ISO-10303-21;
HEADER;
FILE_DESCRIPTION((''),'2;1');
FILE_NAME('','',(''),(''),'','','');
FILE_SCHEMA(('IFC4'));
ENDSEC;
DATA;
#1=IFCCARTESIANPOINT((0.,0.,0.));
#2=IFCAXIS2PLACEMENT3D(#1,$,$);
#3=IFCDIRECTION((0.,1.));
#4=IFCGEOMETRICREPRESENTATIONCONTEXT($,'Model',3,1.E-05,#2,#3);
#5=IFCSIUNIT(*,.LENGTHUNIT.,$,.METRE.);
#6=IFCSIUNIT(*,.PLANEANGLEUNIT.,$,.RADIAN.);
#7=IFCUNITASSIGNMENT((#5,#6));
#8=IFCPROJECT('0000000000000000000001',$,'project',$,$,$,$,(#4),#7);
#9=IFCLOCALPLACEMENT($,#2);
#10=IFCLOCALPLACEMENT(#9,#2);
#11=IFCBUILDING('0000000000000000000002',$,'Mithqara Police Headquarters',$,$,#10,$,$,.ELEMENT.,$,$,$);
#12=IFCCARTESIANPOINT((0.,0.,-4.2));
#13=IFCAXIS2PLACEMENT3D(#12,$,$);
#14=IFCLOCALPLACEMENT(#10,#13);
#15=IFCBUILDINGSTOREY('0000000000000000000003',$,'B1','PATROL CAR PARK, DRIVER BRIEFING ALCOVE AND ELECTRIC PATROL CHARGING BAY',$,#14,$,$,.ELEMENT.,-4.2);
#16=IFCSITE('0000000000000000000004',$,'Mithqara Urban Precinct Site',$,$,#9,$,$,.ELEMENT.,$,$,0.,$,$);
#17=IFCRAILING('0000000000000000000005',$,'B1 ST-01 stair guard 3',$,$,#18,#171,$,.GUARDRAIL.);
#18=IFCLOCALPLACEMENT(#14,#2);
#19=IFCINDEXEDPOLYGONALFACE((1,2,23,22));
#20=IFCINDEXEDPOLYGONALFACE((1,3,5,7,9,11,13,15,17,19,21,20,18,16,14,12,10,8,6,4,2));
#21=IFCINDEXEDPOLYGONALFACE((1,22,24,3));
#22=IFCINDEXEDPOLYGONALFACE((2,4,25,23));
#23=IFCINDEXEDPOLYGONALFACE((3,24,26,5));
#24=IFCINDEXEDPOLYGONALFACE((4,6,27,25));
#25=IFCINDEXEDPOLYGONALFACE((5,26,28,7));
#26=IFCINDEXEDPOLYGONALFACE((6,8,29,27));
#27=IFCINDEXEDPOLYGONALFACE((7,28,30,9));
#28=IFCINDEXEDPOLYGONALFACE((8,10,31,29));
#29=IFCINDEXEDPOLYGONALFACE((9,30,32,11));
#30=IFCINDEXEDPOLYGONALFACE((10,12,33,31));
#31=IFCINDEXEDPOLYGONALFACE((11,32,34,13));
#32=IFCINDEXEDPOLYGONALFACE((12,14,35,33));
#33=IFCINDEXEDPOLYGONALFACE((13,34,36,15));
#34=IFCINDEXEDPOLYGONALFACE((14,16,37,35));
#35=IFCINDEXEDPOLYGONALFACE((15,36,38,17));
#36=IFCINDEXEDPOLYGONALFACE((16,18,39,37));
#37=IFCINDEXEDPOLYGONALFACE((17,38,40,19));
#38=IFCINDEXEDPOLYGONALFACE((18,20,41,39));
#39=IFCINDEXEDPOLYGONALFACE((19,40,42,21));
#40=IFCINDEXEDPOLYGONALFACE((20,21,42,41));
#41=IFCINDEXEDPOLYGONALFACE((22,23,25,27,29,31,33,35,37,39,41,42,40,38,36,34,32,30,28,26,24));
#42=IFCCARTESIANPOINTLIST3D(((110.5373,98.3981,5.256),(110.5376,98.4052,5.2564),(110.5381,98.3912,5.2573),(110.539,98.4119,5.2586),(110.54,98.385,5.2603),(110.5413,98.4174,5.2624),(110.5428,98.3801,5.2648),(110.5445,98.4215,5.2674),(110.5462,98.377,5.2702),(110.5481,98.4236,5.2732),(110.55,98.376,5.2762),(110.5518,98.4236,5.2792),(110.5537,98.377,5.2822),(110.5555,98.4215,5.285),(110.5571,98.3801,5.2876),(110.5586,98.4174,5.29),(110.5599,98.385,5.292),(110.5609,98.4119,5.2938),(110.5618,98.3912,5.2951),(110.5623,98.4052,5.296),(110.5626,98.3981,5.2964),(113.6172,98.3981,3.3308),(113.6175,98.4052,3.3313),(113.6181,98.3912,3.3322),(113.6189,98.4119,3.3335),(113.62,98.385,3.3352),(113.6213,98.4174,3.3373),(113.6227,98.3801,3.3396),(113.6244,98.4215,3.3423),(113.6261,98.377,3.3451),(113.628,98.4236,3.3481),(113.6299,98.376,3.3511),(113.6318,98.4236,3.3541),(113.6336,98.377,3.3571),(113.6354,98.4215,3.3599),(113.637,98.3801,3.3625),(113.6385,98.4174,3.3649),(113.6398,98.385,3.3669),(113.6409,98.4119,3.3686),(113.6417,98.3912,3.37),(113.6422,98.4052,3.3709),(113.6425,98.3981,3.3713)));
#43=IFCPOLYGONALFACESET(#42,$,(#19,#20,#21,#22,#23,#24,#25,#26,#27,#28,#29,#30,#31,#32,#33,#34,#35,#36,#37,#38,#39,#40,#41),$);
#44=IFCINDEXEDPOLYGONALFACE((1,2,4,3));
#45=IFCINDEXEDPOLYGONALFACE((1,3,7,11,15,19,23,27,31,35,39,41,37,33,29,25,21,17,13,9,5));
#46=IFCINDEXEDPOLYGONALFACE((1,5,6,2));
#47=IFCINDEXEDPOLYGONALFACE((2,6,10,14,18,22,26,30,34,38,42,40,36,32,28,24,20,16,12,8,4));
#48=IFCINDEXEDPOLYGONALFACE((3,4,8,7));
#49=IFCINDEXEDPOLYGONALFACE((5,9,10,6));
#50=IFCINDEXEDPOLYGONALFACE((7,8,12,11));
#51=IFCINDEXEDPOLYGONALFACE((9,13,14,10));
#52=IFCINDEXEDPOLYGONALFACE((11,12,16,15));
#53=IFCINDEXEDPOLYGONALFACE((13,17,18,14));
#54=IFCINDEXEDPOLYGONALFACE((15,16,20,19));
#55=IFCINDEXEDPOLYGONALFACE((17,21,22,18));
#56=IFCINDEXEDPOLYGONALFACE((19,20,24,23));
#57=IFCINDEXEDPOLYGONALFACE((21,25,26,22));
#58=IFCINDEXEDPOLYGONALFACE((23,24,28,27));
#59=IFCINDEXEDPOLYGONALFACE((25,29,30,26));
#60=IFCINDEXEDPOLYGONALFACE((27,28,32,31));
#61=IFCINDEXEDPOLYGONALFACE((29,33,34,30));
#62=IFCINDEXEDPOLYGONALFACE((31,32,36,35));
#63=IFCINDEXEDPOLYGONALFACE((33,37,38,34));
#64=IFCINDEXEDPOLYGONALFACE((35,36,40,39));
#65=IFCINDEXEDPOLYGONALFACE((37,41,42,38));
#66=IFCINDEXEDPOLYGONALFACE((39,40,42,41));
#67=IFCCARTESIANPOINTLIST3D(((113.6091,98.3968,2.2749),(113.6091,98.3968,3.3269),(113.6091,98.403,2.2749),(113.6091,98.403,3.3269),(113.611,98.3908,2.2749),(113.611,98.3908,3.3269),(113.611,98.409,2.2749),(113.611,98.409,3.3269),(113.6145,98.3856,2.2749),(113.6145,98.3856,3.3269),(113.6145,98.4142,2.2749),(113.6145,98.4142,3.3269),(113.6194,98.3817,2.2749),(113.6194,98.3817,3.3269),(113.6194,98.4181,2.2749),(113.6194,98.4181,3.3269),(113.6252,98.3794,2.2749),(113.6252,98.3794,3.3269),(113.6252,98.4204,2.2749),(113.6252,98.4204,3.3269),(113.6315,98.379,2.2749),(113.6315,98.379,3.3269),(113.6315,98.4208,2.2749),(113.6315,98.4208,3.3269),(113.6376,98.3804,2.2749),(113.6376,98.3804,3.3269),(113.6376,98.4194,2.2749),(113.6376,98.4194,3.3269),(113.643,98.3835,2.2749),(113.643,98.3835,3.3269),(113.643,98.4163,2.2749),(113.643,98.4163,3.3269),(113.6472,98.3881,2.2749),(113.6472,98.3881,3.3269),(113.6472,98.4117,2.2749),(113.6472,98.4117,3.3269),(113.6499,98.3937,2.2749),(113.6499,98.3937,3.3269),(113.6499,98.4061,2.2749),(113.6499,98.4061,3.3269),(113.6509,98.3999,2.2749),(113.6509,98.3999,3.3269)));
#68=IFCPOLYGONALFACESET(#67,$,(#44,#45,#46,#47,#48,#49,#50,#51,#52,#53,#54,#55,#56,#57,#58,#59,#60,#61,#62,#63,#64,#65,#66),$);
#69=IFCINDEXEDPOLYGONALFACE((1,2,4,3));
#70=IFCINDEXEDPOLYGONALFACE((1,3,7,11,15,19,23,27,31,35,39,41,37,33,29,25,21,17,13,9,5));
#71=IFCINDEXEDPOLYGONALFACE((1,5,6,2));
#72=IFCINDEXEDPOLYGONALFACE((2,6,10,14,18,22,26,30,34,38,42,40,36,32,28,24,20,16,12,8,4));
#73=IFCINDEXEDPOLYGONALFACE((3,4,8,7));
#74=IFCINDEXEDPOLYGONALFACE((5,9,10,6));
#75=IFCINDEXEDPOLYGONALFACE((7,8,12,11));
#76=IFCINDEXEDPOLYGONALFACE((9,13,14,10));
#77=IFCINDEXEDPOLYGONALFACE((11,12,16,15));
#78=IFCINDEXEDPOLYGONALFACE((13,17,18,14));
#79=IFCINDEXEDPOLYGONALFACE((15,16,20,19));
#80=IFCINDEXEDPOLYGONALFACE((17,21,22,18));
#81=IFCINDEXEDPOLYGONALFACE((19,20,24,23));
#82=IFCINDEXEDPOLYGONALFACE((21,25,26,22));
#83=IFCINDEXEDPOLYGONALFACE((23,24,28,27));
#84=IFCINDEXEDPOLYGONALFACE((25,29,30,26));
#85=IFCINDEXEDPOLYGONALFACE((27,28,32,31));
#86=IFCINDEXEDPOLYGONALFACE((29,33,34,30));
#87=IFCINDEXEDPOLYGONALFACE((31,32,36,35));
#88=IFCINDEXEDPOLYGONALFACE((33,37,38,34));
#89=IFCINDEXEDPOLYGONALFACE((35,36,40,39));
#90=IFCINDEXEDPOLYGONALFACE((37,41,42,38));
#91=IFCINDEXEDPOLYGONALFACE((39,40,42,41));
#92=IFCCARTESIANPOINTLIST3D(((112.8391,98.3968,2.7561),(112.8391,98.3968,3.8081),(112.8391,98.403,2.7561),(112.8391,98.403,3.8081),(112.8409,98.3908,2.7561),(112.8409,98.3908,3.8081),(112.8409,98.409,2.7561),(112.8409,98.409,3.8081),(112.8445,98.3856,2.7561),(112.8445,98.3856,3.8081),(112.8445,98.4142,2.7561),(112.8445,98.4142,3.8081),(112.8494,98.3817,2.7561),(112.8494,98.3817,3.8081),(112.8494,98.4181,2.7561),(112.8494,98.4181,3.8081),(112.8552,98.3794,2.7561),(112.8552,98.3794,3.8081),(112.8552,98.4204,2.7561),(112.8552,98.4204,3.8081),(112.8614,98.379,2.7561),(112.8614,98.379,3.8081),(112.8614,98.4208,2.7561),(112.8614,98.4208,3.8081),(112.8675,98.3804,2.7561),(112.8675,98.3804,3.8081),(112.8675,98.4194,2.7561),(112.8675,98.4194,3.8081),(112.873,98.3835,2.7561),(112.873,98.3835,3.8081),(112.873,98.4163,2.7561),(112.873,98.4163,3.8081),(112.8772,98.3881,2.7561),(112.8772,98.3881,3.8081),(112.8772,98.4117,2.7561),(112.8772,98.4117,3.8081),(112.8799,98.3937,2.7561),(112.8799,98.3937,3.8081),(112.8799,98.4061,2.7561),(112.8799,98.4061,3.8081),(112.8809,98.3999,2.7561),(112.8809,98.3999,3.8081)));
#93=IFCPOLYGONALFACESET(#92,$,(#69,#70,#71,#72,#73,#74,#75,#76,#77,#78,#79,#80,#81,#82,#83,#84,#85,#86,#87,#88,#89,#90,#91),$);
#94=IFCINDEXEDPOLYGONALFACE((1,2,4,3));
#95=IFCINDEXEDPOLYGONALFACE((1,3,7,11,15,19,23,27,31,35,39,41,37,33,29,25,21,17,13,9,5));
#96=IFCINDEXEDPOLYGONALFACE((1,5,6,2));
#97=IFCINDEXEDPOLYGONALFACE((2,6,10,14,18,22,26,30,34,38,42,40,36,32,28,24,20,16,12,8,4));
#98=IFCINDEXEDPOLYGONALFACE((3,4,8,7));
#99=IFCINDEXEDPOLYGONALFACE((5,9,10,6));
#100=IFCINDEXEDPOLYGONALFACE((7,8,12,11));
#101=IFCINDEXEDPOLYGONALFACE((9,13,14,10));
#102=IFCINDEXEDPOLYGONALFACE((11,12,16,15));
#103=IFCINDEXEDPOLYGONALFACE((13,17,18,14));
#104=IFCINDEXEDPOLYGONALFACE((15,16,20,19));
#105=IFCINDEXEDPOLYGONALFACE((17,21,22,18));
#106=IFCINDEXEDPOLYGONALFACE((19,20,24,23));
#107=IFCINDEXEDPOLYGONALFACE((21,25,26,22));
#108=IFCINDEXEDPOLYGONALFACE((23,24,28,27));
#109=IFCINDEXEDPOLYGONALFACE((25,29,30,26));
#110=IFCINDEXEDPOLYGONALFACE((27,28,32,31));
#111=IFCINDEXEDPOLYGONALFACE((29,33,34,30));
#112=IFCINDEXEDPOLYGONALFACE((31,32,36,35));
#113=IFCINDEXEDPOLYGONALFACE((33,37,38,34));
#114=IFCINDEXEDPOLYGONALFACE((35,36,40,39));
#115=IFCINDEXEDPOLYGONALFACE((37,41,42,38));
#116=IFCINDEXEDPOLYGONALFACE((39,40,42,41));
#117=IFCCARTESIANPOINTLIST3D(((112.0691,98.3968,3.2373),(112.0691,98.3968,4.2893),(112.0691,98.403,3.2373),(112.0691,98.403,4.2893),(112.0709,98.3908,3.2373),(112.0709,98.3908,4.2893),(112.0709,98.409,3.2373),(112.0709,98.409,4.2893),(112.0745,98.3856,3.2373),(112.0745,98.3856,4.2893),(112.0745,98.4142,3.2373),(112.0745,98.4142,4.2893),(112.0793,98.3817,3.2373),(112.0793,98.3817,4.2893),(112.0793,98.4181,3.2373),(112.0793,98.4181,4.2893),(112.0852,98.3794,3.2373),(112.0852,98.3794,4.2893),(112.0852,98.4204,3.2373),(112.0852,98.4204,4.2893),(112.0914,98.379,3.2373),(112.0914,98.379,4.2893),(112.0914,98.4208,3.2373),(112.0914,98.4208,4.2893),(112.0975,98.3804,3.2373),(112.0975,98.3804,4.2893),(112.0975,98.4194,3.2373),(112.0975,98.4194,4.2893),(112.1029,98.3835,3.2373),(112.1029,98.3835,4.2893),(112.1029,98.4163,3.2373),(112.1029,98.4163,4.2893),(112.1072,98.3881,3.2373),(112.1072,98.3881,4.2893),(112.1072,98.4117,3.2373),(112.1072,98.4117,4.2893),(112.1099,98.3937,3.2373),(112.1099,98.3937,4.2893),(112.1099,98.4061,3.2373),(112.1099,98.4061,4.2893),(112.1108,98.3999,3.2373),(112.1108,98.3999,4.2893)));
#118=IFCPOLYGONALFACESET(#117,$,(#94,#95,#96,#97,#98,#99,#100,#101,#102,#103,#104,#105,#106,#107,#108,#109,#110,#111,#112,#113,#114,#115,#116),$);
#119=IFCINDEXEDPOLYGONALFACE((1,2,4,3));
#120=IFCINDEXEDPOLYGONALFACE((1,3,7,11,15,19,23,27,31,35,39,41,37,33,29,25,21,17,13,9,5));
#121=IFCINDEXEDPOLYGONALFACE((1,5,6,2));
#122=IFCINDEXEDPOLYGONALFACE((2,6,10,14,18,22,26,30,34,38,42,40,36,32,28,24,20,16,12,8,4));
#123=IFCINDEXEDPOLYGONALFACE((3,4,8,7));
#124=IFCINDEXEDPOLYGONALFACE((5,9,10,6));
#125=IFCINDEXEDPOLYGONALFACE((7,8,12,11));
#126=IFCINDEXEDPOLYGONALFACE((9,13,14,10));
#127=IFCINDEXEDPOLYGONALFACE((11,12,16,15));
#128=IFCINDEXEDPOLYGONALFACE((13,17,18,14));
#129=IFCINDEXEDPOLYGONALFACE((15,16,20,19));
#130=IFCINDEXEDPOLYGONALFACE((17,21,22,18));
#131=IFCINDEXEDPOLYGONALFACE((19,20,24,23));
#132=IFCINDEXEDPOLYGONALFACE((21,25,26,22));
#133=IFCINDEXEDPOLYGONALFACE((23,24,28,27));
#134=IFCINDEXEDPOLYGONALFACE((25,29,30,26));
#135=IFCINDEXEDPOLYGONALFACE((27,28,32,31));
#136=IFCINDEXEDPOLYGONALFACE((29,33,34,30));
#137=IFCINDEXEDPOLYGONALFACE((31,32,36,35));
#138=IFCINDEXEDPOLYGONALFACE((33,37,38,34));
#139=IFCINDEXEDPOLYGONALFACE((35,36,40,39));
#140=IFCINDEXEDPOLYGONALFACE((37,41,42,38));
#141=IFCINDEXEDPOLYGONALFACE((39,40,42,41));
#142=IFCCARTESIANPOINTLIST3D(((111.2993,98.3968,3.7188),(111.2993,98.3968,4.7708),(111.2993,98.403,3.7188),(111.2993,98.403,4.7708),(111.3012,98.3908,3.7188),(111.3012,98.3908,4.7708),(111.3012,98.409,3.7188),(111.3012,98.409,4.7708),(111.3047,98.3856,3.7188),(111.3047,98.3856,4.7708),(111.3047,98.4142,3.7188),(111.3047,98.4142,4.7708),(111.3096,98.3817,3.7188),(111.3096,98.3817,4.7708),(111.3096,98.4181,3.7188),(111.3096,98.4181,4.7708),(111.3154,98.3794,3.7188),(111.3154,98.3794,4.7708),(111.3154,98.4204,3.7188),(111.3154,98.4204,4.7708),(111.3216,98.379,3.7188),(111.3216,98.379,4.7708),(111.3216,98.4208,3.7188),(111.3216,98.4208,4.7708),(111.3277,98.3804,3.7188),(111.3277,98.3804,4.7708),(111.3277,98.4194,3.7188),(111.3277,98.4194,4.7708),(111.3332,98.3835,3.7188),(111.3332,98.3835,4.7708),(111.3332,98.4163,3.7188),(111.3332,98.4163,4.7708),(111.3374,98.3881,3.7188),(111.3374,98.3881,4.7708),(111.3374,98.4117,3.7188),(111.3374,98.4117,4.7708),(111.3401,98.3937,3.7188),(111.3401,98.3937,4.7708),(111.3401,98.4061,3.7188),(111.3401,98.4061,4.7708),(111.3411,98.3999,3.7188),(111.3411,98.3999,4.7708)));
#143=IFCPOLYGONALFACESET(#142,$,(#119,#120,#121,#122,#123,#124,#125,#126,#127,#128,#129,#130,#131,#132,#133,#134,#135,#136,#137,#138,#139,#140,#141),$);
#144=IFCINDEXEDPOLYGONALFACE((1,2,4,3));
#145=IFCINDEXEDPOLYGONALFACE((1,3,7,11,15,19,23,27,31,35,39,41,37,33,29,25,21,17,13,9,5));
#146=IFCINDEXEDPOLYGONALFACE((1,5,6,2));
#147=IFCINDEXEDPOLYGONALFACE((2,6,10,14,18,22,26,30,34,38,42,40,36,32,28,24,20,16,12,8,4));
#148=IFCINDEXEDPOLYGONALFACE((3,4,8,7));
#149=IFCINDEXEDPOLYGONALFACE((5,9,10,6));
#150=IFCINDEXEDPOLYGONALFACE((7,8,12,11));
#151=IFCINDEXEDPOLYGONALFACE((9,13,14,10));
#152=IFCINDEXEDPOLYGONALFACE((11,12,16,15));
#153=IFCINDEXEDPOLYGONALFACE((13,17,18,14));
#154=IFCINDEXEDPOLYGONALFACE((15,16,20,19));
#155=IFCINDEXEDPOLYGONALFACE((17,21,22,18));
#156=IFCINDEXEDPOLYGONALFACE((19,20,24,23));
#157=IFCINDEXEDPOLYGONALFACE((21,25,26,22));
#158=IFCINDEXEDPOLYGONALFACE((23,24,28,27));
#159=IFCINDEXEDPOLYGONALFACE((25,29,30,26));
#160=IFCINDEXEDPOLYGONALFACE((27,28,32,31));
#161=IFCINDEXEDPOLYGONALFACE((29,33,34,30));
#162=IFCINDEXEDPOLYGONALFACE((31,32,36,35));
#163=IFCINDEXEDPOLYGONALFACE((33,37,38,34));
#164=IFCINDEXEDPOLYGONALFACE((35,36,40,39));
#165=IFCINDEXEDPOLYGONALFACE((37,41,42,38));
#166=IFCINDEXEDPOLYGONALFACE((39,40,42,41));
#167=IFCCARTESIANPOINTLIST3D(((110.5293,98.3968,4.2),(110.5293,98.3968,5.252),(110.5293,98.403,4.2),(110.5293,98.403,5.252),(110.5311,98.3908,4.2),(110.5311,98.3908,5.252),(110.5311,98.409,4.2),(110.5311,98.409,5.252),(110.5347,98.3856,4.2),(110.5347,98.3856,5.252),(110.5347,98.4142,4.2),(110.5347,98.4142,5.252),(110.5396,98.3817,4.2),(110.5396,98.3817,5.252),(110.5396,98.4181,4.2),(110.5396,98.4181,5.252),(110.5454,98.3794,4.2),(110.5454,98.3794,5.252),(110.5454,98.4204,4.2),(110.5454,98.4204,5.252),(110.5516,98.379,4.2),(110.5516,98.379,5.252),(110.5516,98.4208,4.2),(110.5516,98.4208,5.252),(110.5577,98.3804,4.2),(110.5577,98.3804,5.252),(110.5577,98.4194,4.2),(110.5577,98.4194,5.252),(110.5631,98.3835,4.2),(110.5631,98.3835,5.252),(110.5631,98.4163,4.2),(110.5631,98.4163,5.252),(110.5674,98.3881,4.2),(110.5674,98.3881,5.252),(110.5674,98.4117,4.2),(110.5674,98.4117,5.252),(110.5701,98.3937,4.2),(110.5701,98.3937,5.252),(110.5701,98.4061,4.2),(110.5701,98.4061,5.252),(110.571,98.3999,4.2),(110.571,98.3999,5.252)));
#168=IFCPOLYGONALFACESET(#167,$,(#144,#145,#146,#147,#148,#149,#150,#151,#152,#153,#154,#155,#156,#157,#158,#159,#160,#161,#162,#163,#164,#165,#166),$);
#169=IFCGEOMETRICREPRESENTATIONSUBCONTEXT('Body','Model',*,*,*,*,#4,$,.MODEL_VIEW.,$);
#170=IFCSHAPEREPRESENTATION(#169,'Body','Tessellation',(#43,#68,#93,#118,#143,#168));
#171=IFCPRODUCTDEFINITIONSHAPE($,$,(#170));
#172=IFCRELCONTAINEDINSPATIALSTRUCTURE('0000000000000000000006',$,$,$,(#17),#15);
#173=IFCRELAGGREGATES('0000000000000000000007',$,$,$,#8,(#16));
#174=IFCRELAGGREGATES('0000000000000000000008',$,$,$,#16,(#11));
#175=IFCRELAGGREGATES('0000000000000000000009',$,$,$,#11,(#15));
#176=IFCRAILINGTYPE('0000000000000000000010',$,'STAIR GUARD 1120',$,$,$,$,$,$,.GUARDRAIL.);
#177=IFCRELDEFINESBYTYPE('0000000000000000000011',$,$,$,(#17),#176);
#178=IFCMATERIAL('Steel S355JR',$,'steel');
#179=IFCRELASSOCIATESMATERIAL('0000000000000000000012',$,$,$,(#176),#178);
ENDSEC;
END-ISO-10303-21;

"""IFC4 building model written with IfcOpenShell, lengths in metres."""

from ifc_helpers import new_model, si_unit, direction, frame, origin, origin_2d, place, context, subcontext, project, spatial, circle, extrude, material, type_object, element, save


model = new_model("IFC4")

# Units and contexts
model_context = context("Model", 3, precision=1e-05, world=origin(), true_north=direction((0.0, 1.0)))
body_context = subcontext(model_context, "Body", "Model", "MODEL_VIEW")
ifc_project = project(units=[si_unit("LENGTHUNIT", "METRE"), si_unit("PLANEANGLEUNIT", "RADIAN")], contexts=[model_context])

# Site, building, storey
site_placement = place(None, origin())
site = spatial("IfcSite", under=ifc_project, at=site_placement, Name="Mithqara Urban Precinct Site", CompositionType="ELEMENT", RefElevation=0.0)
building_placement = place(site_placement, origin())
building = spatial("IfcBuilding", under=site, at=building_placement, Name="Mithqara Police Headquarters", CompositionType="ELEMENT")
storey_placement = place(building_placement, frame((0.0, 0.0, -4.2)))
storey = spatial("IfcBuildingStorey", under=building, at=storey_placement, Name="B1", Description="PATROL CAR PARK, DRIVER BRIEFING ALCOVE AND ELECTRIC PATROL CHARGING BAY", CompositionType="ELEMENT", Elevation=-4.2)

# Shared definitions
ifc_material_1 = material(Name="Steel S355JR", Category="steel")

# Railing
railing_type_1 = type_object("IfcRailingType", Name="STAIR GUARD 1120", PredefinedType="GUARDRAIL", material=ifc_material_1)
railing_1_placement = place(storey_placement, frame((113.6299, 98.3999, 2.2749)))
element("IfcRailing", 1, at=railing_1_placement, inside=storey, type_object=railing_type_1, Name="B1 ST-01 stair guard 3", PredefinedType="GUARDRAIL", context=body_context, shape_type="SweptSolid", body=[
    extrude(circle(Radius=0.0239, at=origin_2d()), frame((0.0, 0.0, 1.0762), z_axis=(-0.847979, 0.0, 0.530029), x_axis=(0.0, -1.0, 0.0)), (0.0, 0.0, 1.0), 3.6321),
    extrude(circle(Radius=0.021, at=origin_2d()), origin(), (0.0, 0.0, 1.0), 1.052),
    extrude(circle(Radius=0.021, at=origin_2d()), frame((-0.77, 0.0, 0.4812)), (0.0, 0.0, 1.0), 1.052),
    extrude(circle(Radius=0.021, at=origin_2d()), frame((-1.54, 0.0, 0.9624)), (0.0, 0.0, 1.0), 1.052),
    extrude(circle(Radius=0.021, at=origin_2d()), frame((-2.3098, 0.0, 1.4438)), (0.0, 0.0, 1.0), 1.052),
    extrude(circle(Radius=0.021, at=origin_2d()), frame((-3.0798, 0.0, 1.925)), (0.0, 0.0, 1.0), 1.052),
])

save(model, "model.ifc")
